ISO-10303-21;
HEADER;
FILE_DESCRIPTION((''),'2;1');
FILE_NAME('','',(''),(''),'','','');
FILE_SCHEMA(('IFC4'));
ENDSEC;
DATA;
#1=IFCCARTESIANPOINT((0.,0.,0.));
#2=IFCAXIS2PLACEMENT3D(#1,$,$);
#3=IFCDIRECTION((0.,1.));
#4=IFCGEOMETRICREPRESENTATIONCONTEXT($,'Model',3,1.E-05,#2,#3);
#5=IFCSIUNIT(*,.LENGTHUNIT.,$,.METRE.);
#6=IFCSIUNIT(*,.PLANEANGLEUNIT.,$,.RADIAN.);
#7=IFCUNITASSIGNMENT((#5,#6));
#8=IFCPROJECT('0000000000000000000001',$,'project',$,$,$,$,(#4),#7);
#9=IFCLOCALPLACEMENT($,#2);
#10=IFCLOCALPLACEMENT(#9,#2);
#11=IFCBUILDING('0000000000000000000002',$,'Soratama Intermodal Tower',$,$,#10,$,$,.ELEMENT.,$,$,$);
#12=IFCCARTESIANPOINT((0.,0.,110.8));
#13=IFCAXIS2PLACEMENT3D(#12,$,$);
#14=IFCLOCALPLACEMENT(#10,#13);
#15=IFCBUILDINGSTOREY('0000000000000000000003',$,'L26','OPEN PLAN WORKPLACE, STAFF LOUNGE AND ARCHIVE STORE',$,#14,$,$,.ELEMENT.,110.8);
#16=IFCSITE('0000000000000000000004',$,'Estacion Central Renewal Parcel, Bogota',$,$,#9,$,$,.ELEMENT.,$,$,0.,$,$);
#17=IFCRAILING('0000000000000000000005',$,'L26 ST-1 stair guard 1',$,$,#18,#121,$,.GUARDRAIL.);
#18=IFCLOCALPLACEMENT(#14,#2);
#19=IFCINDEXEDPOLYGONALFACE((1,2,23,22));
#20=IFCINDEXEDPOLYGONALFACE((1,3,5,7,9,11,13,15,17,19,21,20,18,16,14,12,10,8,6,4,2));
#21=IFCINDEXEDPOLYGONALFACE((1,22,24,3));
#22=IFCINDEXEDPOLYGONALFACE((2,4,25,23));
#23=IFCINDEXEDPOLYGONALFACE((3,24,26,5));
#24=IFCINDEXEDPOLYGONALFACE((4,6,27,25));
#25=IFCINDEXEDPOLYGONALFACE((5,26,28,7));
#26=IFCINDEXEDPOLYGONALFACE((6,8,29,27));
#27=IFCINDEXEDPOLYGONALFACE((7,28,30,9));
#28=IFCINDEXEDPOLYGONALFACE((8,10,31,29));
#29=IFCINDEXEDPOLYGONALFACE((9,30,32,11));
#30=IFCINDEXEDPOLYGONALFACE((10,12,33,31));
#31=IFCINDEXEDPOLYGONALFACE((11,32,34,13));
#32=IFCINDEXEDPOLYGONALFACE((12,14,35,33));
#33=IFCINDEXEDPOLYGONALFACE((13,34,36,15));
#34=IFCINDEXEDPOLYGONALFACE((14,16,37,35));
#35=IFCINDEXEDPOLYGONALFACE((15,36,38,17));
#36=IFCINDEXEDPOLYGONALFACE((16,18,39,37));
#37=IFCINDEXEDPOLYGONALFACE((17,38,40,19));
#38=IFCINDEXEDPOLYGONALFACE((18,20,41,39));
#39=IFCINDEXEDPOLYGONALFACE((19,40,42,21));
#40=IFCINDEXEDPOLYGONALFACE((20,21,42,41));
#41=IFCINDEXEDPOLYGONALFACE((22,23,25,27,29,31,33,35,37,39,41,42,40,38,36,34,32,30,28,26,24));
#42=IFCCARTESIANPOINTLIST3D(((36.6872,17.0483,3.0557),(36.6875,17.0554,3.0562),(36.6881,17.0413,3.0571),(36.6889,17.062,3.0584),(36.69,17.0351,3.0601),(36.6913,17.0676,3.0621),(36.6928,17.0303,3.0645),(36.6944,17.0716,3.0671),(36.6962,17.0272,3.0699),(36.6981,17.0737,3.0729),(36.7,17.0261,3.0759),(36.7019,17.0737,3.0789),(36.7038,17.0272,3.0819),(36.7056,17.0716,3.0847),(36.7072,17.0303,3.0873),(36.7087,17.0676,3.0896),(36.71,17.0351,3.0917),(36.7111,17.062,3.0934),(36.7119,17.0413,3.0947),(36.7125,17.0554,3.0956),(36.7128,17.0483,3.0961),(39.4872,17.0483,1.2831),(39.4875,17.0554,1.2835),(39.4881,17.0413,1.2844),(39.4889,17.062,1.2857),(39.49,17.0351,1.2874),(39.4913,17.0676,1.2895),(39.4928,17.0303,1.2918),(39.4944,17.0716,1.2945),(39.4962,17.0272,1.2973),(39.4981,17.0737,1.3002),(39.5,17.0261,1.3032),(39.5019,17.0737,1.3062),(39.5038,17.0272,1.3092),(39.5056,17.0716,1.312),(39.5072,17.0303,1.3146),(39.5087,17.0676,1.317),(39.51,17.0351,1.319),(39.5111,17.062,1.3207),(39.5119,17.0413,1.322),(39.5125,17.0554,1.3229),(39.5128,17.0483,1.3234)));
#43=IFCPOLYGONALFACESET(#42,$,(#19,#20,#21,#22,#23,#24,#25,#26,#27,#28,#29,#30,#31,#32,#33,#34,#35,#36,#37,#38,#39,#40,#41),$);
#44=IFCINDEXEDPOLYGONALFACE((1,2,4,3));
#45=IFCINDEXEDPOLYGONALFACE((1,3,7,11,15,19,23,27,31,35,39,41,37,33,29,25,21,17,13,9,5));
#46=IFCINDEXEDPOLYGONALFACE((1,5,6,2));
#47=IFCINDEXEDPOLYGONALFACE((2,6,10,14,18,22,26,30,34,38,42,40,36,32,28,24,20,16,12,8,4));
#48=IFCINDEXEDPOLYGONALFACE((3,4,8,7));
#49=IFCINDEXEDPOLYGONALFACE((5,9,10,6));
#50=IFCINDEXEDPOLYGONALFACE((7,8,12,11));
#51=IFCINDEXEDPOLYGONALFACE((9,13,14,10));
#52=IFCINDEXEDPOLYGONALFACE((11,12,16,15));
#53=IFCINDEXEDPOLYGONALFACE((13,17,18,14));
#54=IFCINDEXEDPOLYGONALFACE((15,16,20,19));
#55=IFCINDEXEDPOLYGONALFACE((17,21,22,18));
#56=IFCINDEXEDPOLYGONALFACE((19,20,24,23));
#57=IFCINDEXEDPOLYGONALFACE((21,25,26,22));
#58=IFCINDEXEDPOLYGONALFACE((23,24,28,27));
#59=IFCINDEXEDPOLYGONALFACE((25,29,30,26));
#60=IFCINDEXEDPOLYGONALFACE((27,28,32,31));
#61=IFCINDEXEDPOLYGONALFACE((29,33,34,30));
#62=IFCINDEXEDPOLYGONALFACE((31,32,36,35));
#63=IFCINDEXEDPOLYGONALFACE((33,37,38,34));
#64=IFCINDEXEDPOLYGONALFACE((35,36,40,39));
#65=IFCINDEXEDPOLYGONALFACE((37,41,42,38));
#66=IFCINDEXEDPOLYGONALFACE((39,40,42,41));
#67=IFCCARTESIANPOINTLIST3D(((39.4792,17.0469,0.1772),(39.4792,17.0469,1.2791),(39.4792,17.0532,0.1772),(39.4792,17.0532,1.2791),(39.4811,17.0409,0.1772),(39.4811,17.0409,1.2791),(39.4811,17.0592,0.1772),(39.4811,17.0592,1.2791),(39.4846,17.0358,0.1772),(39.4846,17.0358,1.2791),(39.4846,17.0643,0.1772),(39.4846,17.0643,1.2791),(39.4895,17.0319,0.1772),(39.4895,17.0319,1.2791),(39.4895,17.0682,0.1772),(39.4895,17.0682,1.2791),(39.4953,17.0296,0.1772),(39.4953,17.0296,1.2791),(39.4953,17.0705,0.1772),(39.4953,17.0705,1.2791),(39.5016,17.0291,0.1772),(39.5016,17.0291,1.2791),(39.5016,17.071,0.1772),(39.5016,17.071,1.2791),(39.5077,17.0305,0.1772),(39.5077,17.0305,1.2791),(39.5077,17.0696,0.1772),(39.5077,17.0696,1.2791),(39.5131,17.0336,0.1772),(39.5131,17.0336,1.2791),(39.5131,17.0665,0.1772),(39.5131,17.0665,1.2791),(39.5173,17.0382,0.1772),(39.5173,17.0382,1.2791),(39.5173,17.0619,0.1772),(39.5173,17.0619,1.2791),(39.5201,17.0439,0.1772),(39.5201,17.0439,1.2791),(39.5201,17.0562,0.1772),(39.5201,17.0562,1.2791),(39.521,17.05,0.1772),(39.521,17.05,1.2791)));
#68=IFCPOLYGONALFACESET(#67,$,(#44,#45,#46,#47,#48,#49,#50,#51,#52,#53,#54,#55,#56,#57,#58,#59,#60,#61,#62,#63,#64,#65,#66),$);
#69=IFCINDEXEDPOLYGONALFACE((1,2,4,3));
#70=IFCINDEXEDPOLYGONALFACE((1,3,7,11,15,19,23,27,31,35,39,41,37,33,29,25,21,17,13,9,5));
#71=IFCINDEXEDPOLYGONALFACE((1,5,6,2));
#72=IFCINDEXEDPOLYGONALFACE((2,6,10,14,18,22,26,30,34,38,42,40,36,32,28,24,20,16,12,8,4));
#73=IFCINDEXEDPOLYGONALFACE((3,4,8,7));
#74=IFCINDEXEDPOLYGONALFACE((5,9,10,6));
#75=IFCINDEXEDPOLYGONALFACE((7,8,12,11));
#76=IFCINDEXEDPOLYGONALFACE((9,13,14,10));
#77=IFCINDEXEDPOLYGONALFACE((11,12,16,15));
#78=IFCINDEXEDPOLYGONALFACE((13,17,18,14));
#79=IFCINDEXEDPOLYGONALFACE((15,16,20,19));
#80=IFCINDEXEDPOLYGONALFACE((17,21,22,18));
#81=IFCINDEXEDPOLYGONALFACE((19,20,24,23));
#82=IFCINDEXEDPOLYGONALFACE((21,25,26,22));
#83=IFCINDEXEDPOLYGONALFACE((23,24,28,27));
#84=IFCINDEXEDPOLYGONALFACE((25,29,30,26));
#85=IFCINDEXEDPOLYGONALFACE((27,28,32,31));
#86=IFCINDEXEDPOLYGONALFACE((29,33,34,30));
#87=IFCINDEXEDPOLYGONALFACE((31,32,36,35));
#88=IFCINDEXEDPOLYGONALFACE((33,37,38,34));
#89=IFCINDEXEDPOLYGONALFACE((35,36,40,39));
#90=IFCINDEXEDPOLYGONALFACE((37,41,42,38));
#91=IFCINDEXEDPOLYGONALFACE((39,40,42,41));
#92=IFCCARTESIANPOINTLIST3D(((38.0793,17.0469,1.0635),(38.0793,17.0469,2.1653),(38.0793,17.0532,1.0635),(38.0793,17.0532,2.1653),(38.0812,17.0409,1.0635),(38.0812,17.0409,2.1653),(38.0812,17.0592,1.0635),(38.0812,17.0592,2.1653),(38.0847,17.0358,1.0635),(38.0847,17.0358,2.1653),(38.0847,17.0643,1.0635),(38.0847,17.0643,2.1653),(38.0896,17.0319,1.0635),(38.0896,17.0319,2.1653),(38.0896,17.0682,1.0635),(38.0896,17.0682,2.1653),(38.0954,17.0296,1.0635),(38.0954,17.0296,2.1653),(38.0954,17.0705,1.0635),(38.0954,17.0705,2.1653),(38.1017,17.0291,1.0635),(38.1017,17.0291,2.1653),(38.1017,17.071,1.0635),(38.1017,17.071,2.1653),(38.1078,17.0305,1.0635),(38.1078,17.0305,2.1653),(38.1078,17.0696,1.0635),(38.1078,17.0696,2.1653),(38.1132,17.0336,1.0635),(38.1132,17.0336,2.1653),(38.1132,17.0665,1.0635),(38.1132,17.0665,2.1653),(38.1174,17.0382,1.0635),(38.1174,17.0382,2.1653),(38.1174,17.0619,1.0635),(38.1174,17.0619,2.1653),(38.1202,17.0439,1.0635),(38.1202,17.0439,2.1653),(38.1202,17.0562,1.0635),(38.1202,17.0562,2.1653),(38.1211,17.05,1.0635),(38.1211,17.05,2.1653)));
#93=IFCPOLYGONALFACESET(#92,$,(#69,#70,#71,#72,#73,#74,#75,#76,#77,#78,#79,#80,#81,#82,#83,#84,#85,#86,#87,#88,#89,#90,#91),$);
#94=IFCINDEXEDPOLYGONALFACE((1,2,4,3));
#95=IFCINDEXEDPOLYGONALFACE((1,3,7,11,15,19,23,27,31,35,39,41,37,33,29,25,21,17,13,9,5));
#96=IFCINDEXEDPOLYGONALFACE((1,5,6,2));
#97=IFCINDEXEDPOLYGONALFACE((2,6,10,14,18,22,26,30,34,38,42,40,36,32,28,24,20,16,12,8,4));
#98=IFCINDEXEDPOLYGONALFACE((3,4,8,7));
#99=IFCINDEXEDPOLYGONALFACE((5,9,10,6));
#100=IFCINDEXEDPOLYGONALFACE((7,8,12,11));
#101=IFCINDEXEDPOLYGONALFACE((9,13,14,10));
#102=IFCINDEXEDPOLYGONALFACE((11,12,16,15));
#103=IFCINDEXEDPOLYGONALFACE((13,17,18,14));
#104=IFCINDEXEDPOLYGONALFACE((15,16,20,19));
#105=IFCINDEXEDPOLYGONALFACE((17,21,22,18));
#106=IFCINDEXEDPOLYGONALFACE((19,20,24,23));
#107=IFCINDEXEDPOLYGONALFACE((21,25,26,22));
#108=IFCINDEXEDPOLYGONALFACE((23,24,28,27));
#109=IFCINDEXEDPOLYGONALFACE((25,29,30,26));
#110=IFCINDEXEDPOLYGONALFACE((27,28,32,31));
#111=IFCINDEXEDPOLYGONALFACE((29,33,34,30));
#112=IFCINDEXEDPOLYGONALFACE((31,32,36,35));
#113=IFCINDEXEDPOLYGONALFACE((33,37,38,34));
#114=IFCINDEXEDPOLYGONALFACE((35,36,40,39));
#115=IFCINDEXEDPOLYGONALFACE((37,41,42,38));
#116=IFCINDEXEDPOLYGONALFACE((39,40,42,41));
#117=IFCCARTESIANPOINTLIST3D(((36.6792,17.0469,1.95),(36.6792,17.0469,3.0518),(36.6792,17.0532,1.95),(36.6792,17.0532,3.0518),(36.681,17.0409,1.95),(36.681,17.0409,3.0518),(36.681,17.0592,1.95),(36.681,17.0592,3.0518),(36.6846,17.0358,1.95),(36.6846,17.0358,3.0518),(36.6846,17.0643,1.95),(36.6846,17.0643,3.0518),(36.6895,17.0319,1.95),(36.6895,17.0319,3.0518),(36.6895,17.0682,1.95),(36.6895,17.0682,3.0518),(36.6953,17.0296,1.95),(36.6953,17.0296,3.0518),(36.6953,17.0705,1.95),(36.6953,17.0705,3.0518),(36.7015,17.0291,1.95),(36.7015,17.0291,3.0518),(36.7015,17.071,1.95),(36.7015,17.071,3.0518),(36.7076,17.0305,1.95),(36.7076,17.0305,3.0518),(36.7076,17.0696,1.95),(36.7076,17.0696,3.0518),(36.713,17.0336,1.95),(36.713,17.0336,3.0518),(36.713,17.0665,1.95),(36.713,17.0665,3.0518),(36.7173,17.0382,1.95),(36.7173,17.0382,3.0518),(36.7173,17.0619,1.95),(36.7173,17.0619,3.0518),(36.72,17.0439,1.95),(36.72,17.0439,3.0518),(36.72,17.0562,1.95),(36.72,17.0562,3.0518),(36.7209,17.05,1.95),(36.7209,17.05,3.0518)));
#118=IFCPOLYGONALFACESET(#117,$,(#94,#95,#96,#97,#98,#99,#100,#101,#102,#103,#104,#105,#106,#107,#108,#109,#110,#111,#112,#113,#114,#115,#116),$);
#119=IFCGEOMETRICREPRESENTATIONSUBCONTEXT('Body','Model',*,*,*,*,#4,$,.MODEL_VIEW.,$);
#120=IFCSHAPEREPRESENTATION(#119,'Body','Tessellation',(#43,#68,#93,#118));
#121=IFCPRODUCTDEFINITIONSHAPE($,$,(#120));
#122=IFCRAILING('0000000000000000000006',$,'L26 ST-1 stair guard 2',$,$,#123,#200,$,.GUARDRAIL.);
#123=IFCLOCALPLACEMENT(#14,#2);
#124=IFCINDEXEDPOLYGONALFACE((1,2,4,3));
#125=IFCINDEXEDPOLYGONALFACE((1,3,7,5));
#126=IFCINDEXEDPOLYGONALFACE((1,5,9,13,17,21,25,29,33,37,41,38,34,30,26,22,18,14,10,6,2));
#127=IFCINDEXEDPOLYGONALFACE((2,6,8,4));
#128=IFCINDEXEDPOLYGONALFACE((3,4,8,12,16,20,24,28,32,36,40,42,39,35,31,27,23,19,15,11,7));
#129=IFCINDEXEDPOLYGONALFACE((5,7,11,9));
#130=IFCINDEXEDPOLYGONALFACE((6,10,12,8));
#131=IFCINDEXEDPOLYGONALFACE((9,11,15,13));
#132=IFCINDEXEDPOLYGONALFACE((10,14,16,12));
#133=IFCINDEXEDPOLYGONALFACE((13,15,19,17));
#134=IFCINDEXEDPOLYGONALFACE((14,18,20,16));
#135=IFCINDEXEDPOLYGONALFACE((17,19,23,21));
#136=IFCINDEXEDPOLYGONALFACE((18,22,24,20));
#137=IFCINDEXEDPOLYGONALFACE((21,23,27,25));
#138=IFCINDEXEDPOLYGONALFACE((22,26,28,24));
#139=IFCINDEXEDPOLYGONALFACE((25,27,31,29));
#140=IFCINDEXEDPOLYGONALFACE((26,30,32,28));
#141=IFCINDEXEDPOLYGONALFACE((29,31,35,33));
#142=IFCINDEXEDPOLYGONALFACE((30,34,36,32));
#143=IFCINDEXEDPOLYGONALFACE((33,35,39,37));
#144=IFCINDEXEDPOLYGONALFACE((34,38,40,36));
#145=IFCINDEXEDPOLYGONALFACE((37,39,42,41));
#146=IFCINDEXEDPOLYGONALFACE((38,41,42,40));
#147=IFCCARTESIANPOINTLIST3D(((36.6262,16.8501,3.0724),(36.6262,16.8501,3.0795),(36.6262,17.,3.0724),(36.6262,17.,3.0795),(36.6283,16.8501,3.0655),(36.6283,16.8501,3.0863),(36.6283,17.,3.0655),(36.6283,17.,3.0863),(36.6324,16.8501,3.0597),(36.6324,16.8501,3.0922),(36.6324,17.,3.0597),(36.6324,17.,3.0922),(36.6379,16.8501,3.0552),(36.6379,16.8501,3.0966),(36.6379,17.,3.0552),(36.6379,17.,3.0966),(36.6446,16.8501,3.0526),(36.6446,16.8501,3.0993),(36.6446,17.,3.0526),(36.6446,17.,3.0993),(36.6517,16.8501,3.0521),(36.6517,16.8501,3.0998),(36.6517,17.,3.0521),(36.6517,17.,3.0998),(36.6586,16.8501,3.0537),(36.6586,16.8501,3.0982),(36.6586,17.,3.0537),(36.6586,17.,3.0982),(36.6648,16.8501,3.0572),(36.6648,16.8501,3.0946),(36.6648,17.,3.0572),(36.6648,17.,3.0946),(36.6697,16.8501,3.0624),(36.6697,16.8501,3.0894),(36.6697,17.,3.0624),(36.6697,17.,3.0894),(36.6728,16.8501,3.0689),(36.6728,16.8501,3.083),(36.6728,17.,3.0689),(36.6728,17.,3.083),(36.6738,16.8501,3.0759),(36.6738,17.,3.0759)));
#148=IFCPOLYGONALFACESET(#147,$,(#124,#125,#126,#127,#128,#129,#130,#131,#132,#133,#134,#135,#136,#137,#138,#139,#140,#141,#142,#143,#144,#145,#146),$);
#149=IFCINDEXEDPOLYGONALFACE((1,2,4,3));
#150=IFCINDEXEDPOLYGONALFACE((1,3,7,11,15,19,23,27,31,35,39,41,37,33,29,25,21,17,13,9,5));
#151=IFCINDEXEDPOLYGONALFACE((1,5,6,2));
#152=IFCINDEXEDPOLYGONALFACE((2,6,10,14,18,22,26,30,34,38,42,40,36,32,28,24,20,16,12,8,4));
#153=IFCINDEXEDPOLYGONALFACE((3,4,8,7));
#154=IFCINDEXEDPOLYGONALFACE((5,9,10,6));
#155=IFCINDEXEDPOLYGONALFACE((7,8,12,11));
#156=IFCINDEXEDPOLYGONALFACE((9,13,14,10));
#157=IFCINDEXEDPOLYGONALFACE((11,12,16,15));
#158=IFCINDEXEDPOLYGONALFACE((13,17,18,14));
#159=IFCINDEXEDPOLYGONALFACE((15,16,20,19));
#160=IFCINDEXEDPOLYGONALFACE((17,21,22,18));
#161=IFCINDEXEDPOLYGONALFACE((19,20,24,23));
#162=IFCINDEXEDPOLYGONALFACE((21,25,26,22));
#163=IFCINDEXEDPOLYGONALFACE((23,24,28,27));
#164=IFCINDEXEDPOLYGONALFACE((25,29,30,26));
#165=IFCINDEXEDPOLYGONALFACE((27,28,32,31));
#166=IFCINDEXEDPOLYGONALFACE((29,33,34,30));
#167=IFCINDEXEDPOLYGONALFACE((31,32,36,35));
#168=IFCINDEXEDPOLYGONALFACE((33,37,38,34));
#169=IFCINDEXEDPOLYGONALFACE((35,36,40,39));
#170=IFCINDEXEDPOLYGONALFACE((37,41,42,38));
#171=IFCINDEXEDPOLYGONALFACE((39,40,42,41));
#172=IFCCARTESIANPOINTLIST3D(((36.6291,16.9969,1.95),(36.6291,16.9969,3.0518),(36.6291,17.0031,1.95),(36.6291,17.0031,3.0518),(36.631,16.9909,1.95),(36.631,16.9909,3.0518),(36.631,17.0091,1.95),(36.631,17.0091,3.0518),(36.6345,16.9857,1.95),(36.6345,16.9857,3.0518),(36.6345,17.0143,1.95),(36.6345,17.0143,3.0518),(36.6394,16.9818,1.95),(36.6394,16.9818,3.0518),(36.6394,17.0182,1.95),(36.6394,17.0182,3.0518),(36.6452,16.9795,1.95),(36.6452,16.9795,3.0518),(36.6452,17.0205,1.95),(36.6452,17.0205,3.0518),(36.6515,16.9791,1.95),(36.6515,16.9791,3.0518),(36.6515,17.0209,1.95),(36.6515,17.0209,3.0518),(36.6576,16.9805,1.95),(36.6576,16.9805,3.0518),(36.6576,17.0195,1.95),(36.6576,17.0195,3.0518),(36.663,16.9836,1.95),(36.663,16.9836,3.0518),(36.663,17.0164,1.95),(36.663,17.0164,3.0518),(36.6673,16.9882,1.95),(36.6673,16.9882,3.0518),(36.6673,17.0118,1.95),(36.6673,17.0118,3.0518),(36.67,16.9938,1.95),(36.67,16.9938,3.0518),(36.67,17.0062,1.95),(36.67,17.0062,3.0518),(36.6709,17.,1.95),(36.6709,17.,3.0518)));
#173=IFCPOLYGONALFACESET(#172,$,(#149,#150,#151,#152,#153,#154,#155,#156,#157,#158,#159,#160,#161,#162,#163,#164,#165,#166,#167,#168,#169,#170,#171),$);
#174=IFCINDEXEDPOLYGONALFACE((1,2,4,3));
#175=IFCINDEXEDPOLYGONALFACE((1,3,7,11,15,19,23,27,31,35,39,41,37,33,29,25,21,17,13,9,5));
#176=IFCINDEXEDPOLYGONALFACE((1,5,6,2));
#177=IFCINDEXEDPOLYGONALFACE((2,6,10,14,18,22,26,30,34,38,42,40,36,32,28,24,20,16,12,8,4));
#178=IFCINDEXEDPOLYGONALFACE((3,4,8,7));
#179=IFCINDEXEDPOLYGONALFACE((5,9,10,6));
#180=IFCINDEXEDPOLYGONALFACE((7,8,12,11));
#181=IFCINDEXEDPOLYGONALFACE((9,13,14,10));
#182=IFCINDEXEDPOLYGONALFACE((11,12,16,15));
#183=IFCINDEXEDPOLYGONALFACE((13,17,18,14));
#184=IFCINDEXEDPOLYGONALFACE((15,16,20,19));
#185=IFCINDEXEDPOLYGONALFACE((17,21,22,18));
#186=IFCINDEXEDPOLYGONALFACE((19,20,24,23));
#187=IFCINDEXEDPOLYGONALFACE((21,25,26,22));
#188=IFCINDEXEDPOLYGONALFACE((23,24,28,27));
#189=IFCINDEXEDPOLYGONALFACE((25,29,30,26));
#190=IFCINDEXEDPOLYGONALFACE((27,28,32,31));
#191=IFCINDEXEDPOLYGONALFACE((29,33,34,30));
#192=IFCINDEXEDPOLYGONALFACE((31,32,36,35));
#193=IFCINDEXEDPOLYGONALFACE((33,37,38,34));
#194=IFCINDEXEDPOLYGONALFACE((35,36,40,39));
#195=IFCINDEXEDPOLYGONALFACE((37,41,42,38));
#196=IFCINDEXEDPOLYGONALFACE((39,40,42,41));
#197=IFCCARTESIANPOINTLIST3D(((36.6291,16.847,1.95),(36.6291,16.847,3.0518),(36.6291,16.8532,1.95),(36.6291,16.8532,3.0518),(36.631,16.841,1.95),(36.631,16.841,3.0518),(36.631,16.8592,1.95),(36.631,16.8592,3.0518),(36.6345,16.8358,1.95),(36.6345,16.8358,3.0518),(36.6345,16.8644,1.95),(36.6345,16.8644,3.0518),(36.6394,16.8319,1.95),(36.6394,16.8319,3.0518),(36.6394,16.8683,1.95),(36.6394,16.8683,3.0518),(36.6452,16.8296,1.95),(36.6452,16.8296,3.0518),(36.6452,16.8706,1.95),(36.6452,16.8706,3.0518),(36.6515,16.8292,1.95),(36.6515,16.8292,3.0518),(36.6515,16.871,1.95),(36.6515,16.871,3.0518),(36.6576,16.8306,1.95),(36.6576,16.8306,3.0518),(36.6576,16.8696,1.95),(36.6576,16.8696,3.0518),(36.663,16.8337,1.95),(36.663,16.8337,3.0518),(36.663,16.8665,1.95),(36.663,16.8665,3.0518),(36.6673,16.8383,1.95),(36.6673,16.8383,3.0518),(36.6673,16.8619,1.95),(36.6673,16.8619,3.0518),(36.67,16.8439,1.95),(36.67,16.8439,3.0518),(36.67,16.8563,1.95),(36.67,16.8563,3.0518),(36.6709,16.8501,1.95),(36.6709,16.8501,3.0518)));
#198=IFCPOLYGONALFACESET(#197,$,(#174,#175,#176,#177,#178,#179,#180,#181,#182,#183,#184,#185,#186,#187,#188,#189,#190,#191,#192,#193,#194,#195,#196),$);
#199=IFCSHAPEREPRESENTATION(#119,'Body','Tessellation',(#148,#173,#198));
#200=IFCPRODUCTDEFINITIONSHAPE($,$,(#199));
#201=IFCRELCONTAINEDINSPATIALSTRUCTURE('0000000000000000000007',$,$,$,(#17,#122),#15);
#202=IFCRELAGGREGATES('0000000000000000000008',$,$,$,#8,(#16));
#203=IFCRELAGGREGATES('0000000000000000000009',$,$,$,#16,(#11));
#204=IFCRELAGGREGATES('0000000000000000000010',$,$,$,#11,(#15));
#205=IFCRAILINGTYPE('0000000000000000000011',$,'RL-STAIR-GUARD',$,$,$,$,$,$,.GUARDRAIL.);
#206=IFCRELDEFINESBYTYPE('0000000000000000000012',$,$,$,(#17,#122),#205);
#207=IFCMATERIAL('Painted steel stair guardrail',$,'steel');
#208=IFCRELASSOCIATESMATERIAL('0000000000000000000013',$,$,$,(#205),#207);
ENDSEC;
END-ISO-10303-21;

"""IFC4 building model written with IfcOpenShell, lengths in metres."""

from ifc_helpers import new_model, si_unit, direction, frame, origin, origin_2d, place, context, subcontext, project, spatial, circle, extrude, material, type_object, element, save


model = new_model("IFC4")

# Units and contexts
model_context = context("Model", 3, precision=1e-05, world=origin(), true_north=direction((0.0, 1.0)))
body_context = subcontext(model_context, "Body", "Model", "MODEL_VIEW")
ifc_project = project(units=[si_unit("LENGTHUNIT", "METRE"), si_unit("PLANEANGLEUNIT", "RADIAN")], contexts=[model_context])

# Site, building, storey
site_placement = place(None, origin())
site = spatial("IfcSite", under=ifc_project, at=site_placement, Name="Estacion Central Renewal Parcel, Bogota", CompositionType="ELEMENT", RefElevation=0.0)
building_placement = place(site_placement, origin())
building = spatial("IfcBuilding", under=site, at=building_placement, Name="Soratama Intermodal Tower", CompositionType="ELEMENT")
storey_placement = place(building_placement, frame((0.0, 0.0, 110.8)))
storey = spatial("IfcBuildingStorey", under=building, at=storey_placement, Name="L26", Description="OPEN PLAN WORKPLACE, STAFF LOUNGE AND ARCHIVE STORE", CompositionType="ELEMENT", Elevation=110.8)

# Railings
ifc_material_1 = material(Name="Painted steel stair guardrail", Category="steel")
railing_type_1 = type_object("IfcRailingType", Name="RL-STAIR-GUARD", PredefinedType="GUARDRAIL", material=ifc_material_1)
railing_1_placement = place(storey_placement, frame((39.5, 17.05, 0.1772)))
element("IfcRailing", 1, at=railing_1_placement, inside=storey, type_object=railing_type_1, Name="L26 ST-1 stair guard 1", PredefinedType="GUARDRAIL", context=body_context, shape_type="SweptSolid", body=[
    extrude(circle(Radius=0.0239, at=origin_2d()), frame((0.0, 0.0, 1.126), z_axis=(-0.844909, 0.0, 0.53491), x_axis=(0.0, -1.0, 0.0)), (0.0, 0.0, 1.0), 3.314),
    extrude(circle(Radius=0.021, at=origin_2d()), origin(), (0.0, 0.0, 1.0), 1.1018),
    extrude(circle(Radius=0.021, at=origin_2d()), frame((-1.3999, 0.0, 0.8862)), (0.0, 0.0, 1.0), 1.1018),
    extrude(circle(Radius=0.021, at=origin_2d()), frame((-2.8, 0.0, 1.7727)), (0.0, 0.0, 1.0), 1.1018),
])
railing_2_placement = place(storey_placement, frame((36.6499, 17.0, 1.95)))
element("IfcRailing", 2, at=railing_2_placement, inside=storey, type_object=railing_type_1, Name="L26 ST-1 stair guard 2", PredefinedType="GUARDRAIL", context=body_context, shape_type="SweptSolid", body=[
    extrude(circle(Radius=0.0239, at=origin_2d()), frame((0.0, 0.0, 1.126), z_axis=(0.0, -1.0, 0.0), x_axis=(1.0, 0.0, 0.0)), (0.0, 0.0, 1.0), 0.1499),
    extrude(circle(Radius=0.021, at=origin_2d()), origin(), (0.0, 0.0, 1.0), 1.1018),
    extrude(circle(Radius=0.021, at=origin_2d()), frame((0.0, -0.1499, 0.0)), (0.0, 0.0, 1.0), 1.1018),
])

save(model, "model.ifc")
